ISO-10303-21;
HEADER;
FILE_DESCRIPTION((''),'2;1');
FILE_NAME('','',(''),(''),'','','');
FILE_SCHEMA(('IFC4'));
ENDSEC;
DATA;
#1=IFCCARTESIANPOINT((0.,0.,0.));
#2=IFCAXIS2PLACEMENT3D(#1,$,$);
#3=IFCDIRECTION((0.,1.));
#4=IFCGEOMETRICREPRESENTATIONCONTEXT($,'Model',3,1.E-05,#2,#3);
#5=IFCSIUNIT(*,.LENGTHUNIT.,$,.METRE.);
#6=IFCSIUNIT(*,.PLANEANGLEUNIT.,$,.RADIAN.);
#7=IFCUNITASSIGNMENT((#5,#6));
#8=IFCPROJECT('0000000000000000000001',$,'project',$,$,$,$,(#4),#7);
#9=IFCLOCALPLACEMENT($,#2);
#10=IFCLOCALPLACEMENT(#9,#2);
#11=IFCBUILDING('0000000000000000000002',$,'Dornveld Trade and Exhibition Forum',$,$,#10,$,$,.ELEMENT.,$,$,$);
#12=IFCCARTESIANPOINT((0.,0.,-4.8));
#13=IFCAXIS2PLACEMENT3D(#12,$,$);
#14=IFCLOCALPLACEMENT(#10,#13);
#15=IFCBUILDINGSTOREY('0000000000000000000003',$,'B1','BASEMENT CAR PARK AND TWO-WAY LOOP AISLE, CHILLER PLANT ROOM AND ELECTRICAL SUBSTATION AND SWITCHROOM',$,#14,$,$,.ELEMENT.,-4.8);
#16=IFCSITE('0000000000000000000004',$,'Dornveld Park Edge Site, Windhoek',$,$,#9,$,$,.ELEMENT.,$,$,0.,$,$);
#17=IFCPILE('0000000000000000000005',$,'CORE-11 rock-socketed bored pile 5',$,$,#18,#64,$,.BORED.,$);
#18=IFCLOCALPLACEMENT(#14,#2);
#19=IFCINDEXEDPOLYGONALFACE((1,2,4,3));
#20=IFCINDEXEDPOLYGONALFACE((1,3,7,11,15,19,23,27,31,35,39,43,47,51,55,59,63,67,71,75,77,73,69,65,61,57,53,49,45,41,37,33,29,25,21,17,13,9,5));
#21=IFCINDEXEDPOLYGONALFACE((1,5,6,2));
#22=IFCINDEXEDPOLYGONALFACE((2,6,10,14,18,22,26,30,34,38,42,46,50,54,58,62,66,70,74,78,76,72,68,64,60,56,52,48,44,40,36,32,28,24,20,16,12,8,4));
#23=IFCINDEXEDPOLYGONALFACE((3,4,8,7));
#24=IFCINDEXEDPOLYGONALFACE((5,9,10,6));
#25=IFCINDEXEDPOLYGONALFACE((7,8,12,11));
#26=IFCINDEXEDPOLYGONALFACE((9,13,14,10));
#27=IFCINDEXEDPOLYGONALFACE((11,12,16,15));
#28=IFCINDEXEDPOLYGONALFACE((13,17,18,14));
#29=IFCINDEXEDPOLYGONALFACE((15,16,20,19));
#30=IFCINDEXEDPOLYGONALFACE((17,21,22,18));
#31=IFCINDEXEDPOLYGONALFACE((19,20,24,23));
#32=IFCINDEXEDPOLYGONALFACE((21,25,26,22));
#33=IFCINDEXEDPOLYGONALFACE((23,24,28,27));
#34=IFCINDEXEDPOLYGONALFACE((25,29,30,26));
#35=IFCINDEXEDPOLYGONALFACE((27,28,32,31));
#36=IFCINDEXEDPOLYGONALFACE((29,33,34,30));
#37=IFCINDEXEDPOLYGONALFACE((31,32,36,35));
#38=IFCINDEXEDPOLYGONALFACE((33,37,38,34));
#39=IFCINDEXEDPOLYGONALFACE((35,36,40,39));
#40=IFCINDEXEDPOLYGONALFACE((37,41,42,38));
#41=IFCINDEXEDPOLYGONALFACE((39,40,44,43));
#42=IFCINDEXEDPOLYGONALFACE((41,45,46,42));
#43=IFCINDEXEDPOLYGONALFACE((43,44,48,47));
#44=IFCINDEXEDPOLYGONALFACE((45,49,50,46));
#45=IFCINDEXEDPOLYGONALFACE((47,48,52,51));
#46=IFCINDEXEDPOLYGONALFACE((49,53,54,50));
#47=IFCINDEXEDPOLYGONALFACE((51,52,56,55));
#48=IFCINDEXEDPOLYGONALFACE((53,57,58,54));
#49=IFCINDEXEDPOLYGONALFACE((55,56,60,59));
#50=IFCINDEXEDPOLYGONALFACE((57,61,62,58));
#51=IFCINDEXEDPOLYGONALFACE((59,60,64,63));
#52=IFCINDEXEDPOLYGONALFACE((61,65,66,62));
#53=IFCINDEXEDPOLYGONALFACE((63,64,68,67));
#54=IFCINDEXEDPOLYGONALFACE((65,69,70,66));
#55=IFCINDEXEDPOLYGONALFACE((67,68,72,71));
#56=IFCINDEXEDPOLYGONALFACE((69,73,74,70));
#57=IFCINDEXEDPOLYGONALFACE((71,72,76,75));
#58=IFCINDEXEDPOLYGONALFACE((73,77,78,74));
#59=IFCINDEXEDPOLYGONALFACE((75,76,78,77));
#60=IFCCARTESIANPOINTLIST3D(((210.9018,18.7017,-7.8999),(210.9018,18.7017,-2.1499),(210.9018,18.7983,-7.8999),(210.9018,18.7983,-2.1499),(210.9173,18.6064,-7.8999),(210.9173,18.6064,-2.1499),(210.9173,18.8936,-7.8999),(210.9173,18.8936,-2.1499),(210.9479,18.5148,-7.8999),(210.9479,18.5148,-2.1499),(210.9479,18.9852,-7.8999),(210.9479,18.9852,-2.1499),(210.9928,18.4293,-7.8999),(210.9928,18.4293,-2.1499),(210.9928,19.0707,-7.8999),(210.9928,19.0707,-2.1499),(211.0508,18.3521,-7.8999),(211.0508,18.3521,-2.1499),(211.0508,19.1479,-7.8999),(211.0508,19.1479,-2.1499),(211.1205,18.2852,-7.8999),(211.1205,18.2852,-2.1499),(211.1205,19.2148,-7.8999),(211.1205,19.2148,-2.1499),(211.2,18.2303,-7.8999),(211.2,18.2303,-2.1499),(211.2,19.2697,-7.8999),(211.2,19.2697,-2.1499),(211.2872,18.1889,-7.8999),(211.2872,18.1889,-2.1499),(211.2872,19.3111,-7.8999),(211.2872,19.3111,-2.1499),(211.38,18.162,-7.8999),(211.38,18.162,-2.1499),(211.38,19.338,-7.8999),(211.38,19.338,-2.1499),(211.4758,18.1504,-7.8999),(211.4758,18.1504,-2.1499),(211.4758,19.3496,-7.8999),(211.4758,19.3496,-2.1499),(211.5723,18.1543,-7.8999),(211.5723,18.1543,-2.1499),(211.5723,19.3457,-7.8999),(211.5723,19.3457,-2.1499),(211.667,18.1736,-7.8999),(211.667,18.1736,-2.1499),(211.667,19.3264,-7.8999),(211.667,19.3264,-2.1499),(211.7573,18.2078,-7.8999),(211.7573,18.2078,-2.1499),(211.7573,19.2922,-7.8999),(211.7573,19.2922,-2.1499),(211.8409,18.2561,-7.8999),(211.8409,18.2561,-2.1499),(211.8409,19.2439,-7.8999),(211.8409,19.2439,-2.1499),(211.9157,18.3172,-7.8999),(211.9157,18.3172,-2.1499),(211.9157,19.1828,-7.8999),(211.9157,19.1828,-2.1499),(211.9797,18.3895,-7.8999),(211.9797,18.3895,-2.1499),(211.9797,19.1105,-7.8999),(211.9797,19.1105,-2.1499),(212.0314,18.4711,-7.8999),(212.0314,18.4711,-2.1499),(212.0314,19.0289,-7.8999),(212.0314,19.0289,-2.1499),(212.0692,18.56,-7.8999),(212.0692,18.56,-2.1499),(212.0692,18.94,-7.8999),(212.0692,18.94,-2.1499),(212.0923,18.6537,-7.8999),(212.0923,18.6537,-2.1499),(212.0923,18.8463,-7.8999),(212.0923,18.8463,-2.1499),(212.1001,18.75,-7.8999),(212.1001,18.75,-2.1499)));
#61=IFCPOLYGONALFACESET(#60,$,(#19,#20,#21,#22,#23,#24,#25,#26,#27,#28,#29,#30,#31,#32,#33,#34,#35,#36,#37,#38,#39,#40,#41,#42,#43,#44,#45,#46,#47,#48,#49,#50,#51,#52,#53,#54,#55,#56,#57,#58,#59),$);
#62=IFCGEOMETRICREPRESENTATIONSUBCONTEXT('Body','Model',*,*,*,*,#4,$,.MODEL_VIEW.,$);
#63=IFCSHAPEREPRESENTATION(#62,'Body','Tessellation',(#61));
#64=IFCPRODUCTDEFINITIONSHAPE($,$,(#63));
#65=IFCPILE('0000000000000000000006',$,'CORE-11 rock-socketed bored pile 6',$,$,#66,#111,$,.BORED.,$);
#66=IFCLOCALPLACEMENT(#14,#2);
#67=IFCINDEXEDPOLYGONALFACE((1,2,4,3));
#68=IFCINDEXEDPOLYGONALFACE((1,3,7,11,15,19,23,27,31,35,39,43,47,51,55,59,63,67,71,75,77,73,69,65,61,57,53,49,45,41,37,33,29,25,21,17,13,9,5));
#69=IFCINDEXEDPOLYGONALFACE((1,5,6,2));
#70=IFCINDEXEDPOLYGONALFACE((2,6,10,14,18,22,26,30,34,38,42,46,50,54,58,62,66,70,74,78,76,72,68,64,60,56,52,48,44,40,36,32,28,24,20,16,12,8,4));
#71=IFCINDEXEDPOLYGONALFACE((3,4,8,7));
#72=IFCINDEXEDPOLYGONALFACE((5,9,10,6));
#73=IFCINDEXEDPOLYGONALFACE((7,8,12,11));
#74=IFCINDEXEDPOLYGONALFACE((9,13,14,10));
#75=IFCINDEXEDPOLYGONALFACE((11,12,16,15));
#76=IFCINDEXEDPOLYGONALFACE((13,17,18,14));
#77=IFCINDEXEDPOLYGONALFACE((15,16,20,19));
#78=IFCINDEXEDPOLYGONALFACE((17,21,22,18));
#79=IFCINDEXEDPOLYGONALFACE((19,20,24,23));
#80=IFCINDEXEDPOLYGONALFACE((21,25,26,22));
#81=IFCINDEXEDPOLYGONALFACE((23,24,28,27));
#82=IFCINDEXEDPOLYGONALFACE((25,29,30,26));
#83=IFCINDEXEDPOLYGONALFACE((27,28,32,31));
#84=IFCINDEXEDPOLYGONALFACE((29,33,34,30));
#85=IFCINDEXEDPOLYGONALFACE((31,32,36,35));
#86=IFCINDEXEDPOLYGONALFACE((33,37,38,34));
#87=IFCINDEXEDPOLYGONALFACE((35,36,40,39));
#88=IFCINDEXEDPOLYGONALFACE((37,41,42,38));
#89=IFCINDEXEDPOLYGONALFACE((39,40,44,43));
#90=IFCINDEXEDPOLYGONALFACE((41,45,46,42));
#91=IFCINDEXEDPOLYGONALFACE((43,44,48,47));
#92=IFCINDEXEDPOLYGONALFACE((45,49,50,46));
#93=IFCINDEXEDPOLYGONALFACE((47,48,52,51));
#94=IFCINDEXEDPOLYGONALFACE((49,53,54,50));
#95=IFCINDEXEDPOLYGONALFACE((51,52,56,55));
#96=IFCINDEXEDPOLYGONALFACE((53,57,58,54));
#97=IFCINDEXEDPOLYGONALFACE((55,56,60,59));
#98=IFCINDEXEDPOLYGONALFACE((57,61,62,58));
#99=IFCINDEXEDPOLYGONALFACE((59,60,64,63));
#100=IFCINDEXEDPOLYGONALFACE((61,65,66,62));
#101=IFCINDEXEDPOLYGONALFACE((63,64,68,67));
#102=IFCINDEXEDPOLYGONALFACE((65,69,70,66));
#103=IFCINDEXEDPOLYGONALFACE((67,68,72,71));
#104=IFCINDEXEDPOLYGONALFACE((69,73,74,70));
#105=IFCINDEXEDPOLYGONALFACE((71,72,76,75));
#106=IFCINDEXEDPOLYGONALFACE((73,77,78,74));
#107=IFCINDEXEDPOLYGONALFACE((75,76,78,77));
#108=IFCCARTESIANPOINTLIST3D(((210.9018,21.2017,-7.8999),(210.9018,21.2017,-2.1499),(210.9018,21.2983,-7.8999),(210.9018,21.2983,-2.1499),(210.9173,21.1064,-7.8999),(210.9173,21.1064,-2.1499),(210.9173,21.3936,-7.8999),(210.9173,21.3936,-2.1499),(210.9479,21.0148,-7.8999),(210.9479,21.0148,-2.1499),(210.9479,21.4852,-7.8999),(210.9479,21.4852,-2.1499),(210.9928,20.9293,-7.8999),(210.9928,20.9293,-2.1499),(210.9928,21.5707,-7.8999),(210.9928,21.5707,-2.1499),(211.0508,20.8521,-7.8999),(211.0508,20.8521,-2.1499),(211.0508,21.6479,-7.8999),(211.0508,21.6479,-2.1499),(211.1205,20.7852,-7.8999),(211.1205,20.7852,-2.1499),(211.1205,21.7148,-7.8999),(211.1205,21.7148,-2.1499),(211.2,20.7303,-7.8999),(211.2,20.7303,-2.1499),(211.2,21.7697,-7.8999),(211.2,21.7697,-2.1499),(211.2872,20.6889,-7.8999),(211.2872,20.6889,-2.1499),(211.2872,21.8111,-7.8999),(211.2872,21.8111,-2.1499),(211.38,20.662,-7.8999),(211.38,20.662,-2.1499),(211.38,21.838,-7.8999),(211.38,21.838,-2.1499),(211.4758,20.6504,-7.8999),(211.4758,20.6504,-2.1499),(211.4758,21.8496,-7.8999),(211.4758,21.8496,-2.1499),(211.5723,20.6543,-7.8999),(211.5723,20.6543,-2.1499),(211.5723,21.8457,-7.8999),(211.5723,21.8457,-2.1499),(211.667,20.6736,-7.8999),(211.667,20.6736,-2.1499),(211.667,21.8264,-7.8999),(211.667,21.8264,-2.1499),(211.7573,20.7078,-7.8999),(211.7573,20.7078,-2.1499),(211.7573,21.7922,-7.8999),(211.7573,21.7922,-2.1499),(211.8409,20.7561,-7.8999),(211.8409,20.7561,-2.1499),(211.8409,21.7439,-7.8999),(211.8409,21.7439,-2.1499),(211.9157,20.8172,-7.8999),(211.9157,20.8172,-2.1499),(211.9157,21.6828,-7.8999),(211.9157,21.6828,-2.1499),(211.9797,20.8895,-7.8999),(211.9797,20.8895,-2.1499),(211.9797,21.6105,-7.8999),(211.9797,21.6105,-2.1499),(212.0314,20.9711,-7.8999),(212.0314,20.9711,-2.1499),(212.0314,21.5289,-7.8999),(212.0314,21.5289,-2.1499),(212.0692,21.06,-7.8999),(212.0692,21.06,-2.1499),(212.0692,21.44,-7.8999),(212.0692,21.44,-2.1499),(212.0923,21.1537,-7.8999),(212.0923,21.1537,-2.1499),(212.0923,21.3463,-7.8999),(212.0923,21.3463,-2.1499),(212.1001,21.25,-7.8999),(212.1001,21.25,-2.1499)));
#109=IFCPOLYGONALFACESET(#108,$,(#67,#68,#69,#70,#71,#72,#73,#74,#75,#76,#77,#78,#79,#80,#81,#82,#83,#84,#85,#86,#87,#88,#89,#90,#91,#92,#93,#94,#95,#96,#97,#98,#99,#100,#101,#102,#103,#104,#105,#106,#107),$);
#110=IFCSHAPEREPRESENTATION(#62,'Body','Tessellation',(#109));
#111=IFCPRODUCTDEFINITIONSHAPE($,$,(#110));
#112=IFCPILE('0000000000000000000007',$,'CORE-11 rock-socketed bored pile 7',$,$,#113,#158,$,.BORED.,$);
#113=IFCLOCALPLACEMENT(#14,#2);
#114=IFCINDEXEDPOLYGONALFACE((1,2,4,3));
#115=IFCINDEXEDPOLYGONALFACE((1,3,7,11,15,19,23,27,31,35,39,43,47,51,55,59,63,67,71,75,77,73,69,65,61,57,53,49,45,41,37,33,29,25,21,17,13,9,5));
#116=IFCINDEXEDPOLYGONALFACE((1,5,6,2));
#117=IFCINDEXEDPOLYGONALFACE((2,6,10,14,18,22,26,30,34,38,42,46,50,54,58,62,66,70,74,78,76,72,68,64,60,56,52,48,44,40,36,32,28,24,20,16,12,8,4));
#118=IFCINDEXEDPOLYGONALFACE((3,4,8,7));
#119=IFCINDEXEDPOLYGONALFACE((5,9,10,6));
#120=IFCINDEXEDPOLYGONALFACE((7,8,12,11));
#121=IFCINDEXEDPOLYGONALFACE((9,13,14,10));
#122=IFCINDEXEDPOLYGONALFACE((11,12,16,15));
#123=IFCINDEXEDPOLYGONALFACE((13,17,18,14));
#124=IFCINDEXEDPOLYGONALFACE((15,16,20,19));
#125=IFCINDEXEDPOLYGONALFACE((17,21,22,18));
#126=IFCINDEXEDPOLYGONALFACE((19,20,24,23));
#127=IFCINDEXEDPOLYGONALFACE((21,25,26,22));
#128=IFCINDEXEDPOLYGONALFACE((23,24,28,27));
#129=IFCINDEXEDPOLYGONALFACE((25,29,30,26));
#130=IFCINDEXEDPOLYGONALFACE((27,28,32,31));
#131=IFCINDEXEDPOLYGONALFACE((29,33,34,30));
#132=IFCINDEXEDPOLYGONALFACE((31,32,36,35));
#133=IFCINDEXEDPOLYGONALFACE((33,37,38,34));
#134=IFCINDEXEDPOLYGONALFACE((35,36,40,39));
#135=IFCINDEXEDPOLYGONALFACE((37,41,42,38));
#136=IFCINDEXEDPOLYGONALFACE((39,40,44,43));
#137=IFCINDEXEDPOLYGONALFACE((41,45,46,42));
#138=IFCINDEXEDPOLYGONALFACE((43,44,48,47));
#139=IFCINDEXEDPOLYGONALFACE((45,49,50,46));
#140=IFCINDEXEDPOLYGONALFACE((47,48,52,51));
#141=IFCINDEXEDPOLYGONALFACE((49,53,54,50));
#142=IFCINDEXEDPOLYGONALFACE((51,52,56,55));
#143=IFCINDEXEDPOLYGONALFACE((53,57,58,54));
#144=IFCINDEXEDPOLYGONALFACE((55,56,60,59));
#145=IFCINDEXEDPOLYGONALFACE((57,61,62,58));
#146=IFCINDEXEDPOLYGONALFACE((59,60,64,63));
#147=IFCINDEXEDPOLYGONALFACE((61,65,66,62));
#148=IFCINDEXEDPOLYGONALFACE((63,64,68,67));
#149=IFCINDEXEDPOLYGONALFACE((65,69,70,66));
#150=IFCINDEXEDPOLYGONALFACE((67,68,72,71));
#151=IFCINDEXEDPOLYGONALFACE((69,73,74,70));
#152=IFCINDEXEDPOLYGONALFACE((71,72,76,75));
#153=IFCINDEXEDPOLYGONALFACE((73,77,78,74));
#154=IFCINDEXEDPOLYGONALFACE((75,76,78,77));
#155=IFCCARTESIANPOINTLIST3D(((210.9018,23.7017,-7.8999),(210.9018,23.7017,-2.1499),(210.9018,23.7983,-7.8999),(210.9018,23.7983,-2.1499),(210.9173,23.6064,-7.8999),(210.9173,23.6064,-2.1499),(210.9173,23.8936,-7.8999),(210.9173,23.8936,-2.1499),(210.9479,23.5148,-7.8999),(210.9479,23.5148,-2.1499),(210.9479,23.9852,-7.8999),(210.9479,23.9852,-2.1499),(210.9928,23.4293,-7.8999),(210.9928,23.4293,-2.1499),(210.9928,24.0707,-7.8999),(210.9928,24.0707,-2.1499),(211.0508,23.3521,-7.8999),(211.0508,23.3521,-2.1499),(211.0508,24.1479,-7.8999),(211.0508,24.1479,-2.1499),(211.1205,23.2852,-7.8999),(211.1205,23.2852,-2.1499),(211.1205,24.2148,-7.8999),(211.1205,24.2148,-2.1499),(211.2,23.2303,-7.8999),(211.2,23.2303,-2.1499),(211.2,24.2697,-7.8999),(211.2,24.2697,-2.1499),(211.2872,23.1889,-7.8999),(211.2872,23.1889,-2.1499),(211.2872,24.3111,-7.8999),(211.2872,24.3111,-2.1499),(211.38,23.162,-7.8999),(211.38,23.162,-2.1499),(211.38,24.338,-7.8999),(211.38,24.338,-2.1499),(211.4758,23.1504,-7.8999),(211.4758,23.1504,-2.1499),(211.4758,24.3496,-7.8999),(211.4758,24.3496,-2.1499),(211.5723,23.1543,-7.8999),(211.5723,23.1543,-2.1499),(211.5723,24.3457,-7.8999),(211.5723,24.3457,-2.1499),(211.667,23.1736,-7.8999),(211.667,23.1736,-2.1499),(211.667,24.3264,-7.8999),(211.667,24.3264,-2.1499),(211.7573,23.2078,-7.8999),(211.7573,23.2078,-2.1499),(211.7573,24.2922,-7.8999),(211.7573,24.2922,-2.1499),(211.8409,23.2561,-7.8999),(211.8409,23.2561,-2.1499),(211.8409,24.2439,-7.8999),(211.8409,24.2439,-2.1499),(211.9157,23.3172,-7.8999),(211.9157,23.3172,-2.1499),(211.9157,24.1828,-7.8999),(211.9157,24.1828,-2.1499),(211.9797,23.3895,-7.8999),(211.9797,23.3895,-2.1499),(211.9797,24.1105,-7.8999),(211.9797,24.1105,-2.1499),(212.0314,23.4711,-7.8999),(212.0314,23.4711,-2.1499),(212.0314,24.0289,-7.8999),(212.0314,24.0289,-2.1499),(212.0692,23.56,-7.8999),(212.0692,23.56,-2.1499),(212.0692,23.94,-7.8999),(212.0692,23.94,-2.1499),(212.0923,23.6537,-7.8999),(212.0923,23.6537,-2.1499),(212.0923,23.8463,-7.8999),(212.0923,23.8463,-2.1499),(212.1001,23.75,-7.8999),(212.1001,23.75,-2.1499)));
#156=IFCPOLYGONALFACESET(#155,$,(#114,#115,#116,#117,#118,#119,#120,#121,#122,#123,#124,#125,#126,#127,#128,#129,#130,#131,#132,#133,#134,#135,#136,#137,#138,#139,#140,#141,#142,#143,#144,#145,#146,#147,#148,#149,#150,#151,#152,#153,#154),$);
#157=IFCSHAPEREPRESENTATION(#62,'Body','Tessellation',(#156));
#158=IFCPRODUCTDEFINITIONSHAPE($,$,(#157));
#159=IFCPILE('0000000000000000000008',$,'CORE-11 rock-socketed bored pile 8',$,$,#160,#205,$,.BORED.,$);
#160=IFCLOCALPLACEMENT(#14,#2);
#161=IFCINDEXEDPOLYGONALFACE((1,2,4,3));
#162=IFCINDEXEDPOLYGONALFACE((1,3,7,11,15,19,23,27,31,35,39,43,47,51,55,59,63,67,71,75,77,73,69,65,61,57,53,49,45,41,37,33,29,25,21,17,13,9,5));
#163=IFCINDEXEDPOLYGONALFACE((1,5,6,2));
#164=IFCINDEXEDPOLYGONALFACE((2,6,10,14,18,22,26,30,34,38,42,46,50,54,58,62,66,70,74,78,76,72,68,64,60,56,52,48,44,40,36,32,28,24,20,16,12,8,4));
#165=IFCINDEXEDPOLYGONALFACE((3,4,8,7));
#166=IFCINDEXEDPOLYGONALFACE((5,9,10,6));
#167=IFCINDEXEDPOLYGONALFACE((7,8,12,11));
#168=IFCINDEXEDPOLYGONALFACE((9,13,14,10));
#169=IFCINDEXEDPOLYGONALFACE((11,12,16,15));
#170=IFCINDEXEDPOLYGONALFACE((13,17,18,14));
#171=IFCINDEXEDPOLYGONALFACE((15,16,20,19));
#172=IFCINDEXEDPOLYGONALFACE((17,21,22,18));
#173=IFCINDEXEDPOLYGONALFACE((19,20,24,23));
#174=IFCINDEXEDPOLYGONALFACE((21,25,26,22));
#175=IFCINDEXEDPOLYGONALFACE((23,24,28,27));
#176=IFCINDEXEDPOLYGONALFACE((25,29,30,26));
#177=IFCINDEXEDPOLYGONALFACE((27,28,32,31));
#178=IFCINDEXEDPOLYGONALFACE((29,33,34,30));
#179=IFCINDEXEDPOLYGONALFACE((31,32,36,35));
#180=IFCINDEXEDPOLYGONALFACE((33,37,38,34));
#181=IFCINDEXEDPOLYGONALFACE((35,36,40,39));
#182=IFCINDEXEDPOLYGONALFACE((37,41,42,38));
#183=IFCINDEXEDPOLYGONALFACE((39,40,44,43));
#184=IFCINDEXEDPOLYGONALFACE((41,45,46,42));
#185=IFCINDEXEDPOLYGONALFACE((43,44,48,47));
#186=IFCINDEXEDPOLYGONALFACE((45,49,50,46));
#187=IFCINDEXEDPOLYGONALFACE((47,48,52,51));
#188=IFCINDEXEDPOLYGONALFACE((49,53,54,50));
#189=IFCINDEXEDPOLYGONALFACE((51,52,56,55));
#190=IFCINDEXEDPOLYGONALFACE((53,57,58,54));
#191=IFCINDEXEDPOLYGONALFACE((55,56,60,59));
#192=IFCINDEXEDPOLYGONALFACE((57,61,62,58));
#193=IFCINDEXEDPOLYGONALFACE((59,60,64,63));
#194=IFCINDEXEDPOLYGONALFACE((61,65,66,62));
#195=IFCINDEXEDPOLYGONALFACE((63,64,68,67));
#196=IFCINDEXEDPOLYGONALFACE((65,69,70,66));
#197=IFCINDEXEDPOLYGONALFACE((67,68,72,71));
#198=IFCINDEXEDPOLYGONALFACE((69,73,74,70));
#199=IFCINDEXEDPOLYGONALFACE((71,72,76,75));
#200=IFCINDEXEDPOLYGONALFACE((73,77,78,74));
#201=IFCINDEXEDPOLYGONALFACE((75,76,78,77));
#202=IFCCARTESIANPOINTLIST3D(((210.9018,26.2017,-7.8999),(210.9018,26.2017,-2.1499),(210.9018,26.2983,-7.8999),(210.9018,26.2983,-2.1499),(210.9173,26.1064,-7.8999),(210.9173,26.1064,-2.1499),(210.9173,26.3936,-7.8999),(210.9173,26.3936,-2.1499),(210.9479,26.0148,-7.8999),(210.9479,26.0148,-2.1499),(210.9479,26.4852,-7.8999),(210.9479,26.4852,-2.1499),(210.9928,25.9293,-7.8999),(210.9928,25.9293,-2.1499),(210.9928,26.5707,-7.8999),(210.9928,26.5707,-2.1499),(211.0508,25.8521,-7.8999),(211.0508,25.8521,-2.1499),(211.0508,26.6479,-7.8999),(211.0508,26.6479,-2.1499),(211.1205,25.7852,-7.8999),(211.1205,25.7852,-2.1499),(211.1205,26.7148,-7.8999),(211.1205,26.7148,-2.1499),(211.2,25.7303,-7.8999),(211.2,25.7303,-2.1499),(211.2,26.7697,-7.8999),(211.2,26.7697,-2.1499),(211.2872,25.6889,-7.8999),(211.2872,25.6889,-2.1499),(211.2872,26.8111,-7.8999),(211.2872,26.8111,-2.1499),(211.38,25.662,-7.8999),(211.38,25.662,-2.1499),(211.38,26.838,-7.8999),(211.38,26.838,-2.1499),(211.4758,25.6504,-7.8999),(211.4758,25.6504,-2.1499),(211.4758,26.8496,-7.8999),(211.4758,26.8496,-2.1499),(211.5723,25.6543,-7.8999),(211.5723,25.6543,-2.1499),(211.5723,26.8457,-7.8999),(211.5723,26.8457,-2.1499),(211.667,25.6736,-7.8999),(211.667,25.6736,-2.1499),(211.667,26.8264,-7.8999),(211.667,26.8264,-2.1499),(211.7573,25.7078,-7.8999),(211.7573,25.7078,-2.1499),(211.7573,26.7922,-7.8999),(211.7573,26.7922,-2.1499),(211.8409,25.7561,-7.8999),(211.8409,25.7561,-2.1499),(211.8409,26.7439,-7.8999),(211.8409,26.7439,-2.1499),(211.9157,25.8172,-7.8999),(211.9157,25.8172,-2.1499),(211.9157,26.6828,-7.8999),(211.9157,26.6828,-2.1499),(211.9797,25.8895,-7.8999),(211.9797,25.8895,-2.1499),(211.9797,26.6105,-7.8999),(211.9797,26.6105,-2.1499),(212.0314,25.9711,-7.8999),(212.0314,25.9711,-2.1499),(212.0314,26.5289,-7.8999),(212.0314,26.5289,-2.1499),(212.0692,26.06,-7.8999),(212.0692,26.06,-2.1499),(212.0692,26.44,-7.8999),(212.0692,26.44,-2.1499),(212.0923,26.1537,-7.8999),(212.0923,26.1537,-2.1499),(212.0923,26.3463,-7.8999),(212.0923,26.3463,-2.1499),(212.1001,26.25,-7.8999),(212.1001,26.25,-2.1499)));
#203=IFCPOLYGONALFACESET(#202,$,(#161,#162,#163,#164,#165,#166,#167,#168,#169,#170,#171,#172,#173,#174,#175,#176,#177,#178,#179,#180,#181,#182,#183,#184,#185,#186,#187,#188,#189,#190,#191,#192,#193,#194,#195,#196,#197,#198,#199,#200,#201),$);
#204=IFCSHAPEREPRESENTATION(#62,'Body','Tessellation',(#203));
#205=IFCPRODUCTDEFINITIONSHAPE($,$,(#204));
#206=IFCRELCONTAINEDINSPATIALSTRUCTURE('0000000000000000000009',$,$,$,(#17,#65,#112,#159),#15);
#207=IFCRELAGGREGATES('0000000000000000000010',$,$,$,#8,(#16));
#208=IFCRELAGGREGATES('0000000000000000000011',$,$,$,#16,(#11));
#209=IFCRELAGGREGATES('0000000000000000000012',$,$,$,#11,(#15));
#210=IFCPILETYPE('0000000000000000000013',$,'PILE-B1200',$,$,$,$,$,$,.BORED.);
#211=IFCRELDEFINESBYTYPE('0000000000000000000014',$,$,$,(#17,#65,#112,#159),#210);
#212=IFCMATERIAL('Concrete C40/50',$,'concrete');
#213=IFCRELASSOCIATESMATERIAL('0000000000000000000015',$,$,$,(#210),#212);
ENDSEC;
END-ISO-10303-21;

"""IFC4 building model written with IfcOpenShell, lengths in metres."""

from ifc_helpers import new_model, si_unit, direction, frame, origin, origin_2d, place, context, subcontext, project, spatial, circle, extrude, material, material_profile, profile_set, type_object, element, save


model = new_model("IFC4")

# Units and contexts
model_context = context("Model", 3, precision=1e-05, world=origin(), true_north=direction((0.0, 1.0)))
body_context = subcontext(model_context, "Body", "Model", "MODEL_VIEW")
ifc_project = project(units=[si_unit("LENGTHUNIT", "METRE"), si_unit("PLANEANGLEUNIT", "RADIAN")], contexts=[model_context])

# Site, building, storey
site_placement = place(None, origin())
site = spatial("IfcSite", under=ifc_project, at=site_placement, Name="Dornveld Park Edge Site, Windhoek", CompositionType="ELEMENT", RefElevation=0.0)
building_placement = place(site_placement, origin())
building = spatial("IfcBuilding", under=site, at=building_placement, Name="Dornveld Trade and Exhibition Forum", CompositionType="ELEMENT")
storey_placement = place(building_placement, frame((0.0, 0.0, -4.8)))
storey = spatial("IfcBuildingStorey", under=building, at=storey_placement, Name="B1", Description="BASEMENT CAR PARK AND TWO-WAY LOOP AISLE, CHILLER PLANT ROOM AND ELECTRICAL SUBSTATION AND SWITCHROOM", CompositionType="ELEMENT", Elevation=-4.8)

# Piles
ifc_material_1 = material(Name="Concrete C40/50", Category="concrete")
ifc_material_profile_1 = material_profile(ifc_material_1, circle(Radius=0.6001, at=origin_2d()), Name="PILE D1200")
ifc_profile_set_1 = profile_set([ifc_material_profile_1], Name="Concrete C40/50")
pile_type_1 = type_object("IfcPileType", Name="PILE-B1200", PredefinedType="BORED", material=ifc_profile_set_1)
for number, where, z_axis, x_axis, name in (
    (1, (211.5, 18.75, -2.1499), (0.0, 0.0, -1.0), (1.0, 0.0, 0.0), "CORE-11 rock-socketed bored pile 5"),
    (2, (211.5, 21.25, -2.1499), (0.0, 0.0, -1.0), (1.0, 0.0, 0.0), "CORE-11 rock-socketed bored pile 6"),
    (3, (211.5, 23.75, -2.1499), (0.0, 0.0, -1.0), (1.0, 0.0, 0.0), "CORE-11 rock-socketed bored pile 7"),
    (4, (211.5, 26.25, -2.1499), (0.0, 0.0, -1.0), (1.0, 0.0, 0.0), "CORE-11 rock-socketed bored pile 8"),
):
    element("IfcPile", number, at=place(storey_placement, frame(where, z_axis=z_axis, x_axis=x_axis)), inside=storey, type_object=pile_type_1, Name=name, PredefinedType="BORED", context=body_context, shape_type="SweptSolid", body=[
        extrude(circle(Radius=0.6001, at=origin_2d()), origin(), (0.0, 0.0, 1.0), 5.75),
    ])

save(model, "model.ifc")
